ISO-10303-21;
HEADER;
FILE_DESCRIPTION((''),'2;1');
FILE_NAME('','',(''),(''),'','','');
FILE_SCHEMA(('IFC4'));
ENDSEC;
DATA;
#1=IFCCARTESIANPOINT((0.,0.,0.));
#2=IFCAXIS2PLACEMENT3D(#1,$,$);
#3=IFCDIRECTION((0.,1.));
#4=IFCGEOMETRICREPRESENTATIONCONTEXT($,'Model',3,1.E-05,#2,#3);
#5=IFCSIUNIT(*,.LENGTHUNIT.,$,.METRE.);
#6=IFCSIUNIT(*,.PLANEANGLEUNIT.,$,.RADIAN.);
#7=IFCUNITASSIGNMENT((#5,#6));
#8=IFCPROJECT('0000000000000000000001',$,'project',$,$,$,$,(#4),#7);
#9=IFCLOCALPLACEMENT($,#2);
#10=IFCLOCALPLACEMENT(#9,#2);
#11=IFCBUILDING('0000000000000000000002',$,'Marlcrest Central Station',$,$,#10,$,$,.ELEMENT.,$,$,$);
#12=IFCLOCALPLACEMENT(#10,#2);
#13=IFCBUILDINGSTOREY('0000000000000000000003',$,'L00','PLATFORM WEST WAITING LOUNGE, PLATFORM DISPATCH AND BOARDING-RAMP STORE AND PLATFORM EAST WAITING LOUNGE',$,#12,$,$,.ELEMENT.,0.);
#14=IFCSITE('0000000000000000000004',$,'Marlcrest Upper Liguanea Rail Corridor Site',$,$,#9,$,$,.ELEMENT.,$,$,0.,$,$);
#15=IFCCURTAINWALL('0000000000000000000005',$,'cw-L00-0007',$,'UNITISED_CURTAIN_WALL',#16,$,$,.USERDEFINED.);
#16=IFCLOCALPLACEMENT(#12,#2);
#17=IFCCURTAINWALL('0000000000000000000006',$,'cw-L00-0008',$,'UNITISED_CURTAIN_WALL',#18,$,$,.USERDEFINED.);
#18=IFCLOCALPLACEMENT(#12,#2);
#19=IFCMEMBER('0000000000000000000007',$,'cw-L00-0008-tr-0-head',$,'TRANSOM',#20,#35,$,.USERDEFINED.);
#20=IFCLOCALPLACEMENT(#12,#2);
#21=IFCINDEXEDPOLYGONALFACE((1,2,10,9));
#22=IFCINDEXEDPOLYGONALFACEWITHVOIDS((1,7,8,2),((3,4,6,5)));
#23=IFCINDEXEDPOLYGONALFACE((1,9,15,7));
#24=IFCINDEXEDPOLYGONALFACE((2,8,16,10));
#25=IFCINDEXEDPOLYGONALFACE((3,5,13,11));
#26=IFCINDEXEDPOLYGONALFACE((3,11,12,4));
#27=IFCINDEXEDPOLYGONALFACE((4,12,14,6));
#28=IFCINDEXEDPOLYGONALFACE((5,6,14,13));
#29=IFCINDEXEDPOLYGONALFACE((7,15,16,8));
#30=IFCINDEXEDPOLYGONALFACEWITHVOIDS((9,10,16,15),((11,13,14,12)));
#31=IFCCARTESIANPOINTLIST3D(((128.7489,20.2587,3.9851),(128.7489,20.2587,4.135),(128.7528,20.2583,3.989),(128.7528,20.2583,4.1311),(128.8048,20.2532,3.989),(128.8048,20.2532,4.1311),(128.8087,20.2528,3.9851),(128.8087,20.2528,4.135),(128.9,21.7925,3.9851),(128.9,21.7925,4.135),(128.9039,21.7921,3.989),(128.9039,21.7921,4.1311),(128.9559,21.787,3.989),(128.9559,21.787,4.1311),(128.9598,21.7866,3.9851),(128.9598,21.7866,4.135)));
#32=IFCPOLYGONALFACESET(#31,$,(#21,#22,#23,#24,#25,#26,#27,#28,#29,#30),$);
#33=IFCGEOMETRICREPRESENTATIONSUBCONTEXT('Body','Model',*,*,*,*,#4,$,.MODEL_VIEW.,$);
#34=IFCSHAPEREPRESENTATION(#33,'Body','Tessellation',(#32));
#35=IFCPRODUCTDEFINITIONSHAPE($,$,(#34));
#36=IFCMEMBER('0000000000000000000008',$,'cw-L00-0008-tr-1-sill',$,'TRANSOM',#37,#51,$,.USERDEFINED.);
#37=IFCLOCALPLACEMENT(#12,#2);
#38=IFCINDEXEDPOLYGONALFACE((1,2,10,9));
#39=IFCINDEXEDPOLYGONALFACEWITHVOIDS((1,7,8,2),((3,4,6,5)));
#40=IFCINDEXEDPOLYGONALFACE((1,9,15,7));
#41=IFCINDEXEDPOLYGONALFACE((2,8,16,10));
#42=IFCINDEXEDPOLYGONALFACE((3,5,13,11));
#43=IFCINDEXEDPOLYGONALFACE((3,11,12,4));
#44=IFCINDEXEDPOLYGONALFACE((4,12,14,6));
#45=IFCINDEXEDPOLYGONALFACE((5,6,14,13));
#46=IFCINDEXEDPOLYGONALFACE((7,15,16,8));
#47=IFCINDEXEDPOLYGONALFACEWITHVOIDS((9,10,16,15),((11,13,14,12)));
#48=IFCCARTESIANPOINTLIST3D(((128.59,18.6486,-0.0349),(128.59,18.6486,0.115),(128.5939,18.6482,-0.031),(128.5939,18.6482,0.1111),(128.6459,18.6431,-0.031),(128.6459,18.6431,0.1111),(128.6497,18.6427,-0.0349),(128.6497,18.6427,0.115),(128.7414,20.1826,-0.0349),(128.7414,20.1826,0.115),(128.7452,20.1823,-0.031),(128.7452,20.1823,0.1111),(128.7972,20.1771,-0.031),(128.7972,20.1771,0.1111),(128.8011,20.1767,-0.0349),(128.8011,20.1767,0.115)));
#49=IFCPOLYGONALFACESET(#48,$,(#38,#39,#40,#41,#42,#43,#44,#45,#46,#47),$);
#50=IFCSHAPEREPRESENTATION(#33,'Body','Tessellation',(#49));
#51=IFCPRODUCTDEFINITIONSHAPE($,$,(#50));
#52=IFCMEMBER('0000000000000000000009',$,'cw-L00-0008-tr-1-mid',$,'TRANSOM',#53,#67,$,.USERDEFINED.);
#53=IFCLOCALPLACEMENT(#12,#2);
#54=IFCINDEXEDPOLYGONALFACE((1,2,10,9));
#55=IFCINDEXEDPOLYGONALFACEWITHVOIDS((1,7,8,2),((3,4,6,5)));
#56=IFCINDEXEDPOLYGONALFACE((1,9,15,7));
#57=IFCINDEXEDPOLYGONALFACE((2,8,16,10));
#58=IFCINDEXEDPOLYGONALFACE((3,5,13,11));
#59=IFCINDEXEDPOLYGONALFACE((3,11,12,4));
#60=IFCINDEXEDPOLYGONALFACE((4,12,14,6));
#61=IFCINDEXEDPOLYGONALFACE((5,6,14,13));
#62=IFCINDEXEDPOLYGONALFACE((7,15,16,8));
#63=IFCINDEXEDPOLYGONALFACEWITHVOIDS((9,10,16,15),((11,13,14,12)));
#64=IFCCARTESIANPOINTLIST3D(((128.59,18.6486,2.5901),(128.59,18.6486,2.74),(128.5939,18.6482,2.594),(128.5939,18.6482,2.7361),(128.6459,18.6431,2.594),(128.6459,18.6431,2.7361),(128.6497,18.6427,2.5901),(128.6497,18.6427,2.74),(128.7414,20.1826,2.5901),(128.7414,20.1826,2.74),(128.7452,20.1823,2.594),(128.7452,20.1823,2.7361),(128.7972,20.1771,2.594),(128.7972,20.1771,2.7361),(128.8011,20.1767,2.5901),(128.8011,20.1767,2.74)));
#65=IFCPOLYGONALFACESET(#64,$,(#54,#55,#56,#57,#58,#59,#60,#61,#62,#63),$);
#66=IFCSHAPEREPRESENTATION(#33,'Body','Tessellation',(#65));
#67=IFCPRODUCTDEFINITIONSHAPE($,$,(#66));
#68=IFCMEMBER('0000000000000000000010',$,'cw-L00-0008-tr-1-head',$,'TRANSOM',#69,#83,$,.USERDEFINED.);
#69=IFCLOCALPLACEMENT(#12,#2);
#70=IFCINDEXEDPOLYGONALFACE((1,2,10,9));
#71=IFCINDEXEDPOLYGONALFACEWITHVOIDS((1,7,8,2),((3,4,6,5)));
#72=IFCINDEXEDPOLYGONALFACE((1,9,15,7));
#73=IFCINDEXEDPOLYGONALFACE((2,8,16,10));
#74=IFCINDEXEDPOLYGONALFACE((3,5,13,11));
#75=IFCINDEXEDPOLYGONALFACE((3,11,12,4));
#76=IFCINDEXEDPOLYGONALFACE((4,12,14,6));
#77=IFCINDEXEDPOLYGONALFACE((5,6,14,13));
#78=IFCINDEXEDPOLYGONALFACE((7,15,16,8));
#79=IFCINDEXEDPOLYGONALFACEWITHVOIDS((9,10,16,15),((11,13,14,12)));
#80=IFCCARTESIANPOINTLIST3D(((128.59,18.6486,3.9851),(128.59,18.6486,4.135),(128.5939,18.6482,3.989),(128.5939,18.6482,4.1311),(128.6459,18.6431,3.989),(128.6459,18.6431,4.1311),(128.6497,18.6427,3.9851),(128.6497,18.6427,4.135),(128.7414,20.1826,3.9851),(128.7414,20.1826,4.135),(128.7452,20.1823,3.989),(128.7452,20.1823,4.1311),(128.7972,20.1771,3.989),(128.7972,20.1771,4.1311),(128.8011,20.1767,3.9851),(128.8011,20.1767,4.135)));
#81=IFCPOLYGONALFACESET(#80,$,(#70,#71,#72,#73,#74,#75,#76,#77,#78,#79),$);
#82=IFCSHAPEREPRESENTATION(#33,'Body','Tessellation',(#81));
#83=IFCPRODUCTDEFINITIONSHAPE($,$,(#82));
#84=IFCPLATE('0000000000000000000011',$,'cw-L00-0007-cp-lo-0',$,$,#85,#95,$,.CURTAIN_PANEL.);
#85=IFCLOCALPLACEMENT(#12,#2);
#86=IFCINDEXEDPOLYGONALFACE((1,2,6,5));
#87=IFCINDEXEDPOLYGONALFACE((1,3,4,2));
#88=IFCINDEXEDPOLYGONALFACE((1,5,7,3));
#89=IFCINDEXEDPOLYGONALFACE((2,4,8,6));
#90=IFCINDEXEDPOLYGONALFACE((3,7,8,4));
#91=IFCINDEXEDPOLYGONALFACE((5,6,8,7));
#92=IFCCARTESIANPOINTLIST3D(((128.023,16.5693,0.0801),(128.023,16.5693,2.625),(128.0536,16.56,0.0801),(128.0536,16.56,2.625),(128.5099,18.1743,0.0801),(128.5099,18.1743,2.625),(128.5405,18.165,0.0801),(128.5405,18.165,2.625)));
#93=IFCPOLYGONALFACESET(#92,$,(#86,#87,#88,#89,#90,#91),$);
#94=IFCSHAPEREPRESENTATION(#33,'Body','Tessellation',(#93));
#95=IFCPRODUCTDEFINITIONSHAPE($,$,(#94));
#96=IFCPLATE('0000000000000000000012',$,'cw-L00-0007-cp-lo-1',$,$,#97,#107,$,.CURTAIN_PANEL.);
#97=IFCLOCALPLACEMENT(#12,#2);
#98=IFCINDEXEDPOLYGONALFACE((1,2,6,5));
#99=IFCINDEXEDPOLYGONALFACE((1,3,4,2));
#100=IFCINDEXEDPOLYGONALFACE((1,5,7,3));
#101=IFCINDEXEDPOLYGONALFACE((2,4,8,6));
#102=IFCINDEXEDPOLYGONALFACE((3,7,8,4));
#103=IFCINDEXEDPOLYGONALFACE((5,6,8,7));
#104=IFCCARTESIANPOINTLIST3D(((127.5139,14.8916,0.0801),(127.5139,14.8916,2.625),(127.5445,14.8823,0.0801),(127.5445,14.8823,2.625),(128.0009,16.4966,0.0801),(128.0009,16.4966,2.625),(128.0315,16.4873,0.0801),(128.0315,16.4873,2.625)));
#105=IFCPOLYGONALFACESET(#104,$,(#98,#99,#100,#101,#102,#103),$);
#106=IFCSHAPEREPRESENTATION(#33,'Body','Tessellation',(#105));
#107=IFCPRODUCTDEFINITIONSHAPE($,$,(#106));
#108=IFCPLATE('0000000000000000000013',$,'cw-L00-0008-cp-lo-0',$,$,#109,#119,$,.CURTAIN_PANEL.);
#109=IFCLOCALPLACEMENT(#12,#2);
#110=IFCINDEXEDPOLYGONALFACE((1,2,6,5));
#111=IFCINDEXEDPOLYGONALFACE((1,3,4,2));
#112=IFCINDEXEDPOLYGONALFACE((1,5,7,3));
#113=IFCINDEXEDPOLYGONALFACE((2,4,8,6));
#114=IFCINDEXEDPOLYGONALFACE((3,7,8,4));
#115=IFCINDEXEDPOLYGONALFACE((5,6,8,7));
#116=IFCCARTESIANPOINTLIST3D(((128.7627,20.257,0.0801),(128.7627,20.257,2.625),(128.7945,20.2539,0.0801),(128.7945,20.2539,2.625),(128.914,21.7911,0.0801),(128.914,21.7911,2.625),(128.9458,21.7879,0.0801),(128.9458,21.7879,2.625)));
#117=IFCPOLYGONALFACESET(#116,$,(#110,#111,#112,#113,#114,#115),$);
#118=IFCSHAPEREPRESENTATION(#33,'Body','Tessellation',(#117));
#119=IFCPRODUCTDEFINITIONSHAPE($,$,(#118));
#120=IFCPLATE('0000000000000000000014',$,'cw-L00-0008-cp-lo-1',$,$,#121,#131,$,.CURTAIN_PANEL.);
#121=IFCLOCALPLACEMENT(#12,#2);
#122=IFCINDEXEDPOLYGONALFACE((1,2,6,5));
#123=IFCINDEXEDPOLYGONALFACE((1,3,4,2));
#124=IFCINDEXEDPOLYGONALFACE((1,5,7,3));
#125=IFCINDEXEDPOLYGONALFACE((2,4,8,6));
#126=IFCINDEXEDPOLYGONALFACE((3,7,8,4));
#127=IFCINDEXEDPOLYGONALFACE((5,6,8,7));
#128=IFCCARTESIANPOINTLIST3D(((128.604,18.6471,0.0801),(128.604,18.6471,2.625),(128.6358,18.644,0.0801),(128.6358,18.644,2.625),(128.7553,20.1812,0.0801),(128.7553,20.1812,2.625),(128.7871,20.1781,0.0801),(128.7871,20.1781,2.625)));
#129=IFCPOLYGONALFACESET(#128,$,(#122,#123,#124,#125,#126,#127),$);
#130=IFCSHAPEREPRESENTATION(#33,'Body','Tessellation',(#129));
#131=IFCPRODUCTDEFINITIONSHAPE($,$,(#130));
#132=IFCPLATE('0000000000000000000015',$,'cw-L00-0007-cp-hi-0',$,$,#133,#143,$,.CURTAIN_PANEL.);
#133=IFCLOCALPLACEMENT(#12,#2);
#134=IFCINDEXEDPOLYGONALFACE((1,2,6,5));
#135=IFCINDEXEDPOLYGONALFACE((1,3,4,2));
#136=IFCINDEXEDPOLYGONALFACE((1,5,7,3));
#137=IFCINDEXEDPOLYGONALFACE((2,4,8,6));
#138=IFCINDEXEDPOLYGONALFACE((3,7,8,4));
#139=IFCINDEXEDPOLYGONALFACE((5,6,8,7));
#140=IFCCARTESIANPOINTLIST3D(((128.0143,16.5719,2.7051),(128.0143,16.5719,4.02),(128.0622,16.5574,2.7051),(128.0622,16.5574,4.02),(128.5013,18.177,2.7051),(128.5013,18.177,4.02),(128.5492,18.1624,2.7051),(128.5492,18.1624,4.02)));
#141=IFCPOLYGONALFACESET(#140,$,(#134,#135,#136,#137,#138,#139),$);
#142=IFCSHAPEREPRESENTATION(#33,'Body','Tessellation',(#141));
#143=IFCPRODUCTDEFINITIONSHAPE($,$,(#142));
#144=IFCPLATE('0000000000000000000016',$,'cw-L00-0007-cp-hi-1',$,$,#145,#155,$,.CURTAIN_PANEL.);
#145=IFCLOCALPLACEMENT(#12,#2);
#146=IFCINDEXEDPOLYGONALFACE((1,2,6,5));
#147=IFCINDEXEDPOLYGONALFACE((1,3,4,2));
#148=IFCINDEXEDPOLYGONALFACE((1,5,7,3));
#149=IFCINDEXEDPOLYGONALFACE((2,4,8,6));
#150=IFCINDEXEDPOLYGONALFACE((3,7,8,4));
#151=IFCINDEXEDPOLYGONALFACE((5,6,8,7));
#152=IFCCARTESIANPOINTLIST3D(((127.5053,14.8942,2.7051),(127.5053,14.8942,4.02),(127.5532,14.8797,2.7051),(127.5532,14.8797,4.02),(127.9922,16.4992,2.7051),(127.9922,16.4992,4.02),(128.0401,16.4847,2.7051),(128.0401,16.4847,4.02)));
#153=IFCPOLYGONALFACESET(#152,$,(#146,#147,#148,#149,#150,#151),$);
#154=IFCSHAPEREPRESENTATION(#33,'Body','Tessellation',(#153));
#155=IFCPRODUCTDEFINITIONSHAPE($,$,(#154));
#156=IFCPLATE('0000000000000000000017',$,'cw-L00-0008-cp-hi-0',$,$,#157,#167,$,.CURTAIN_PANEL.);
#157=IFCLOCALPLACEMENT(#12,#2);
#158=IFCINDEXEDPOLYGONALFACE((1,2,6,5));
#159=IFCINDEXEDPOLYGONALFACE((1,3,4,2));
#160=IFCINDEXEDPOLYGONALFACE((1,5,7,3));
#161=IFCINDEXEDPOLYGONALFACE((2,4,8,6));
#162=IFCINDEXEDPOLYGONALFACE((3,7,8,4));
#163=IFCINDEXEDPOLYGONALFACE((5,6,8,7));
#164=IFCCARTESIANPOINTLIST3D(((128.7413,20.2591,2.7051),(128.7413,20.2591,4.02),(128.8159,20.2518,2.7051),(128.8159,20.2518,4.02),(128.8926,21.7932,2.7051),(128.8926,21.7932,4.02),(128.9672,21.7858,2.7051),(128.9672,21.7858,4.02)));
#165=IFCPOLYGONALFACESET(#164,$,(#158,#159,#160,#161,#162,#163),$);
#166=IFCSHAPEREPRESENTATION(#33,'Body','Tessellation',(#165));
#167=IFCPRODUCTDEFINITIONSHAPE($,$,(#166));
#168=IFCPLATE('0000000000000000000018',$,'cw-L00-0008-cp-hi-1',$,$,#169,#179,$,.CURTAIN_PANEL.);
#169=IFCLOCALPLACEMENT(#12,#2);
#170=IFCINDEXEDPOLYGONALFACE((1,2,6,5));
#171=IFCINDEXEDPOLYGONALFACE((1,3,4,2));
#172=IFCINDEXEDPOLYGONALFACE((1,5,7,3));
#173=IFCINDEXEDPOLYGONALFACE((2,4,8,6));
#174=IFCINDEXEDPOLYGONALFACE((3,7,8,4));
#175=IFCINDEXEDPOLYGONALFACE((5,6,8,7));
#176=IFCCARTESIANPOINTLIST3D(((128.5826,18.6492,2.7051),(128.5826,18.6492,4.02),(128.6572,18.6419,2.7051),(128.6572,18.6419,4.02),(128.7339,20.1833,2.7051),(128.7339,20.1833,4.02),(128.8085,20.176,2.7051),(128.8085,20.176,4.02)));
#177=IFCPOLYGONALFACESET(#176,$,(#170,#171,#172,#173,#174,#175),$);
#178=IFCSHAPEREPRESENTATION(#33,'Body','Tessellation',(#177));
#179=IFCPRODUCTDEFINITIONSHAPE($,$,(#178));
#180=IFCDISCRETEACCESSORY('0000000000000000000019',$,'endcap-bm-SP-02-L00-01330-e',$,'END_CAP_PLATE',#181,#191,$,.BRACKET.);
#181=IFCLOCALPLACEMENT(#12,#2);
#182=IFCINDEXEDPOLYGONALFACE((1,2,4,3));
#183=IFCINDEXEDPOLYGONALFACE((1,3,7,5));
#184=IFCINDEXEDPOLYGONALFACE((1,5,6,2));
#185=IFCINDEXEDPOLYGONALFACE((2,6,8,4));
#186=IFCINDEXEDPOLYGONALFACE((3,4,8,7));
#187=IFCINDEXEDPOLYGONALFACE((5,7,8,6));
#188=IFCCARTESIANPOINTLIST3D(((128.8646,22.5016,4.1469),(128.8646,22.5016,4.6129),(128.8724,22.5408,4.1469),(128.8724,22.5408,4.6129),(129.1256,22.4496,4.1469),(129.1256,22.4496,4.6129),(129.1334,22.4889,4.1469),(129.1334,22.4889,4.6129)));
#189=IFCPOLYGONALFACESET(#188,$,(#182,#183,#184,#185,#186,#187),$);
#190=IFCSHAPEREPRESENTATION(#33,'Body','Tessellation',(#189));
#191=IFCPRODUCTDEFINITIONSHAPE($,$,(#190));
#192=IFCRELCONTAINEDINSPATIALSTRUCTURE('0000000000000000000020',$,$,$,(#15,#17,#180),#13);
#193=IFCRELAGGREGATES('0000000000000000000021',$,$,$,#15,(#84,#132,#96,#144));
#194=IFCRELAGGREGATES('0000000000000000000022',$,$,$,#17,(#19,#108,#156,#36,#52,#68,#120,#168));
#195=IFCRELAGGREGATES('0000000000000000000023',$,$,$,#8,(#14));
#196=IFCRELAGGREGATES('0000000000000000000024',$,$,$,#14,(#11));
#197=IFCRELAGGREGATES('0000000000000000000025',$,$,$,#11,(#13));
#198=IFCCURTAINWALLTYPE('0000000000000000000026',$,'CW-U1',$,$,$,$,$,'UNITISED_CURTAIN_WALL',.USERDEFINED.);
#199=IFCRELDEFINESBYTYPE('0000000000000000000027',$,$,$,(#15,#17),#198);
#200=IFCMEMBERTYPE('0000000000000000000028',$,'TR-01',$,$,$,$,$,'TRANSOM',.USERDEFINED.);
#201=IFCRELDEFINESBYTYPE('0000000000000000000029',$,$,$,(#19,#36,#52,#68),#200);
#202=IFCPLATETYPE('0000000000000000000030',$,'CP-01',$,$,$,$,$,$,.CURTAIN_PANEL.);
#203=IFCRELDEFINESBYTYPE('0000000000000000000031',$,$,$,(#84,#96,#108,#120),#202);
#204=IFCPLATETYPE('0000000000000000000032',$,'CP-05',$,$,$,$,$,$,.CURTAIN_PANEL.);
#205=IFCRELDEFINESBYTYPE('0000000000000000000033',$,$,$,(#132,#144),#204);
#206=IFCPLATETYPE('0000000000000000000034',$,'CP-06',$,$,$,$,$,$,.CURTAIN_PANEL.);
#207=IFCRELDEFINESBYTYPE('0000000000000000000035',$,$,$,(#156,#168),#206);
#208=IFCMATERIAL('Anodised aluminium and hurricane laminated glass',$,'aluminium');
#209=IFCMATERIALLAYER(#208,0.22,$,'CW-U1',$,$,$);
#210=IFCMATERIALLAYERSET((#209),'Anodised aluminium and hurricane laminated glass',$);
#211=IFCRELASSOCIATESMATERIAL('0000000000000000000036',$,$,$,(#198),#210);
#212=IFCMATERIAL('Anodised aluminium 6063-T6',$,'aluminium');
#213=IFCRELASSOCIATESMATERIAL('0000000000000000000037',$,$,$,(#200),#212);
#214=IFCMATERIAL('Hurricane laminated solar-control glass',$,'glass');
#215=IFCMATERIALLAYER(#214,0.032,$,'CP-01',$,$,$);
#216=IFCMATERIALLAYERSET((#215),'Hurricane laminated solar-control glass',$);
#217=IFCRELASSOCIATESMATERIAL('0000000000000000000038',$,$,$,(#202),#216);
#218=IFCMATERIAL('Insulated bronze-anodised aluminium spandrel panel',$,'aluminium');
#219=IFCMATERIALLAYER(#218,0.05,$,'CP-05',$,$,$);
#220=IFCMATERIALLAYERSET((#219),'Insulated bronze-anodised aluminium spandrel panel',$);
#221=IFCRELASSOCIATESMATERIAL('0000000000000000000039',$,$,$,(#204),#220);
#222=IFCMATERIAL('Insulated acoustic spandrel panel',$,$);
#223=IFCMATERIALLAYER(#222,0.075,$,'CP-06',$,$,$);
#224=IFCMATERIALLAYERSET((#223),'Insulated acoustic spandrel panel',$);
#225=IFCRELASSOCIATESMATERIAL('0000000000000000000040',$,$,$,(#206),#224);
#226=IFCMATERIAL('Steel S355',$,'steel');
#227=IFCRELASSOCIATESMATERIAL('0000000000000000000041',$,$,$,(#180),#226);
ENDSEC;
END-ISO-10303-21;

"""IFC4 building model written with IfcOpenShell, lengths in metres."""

from ifc_helpers import new_model, si_unit, direction, frame, origin, origin_2d, place, context, subcontext, project, spatial, rectangle, hollow_rectangle, extrude, material, layer, layer_set, material_profile, profile_set, type_object, element, aggregate, save


model = new_model("IFC4")

# Units and contexts
model_context = context("Model", 3, precision=1e-05, world=origin(), true_north=direction((0.0, 1.0)))
body_context = subcontext(model_context, "Body", "Model", "MODEL_VIEW")
ifc_project = project(units=[si_unit("LENGTHUNIT", "METRE"), si_unit("PLANEANGLEUNIT", "RADIAN")], contexts=[model_context])

# Site, building, storey
site_placement = place(None, origin())
site = spatial("IfcSite", under=ifc_project, at=site_placement, Name="Marlcrest Upper Liguanea Rail Corridor Site", CompositionType="ELEMENT", RefElevation=0.0)
building_placement = place(site_placement, origin())
building = spatial("IfcBuilding", under=site, at=building_placement, Name="Marlcrest Central Station", CompositionType="ELEMENT")
storey_placement = place(building_placement, origin())
storey = spatial("IfcBuildingStorey", under=building, at=storey_placement, Name="L00", Description="PLATFORM WEST WAITING LOUNGE, PLATFORM DISPATCH AND BOARDING-RAMP STORE AND PLATFORM EAST WAITING LOUNGE", CompositionType="ELEMENT", Elevation=0.0)

# Curtain walls
ifc_material_1 = material(Name="Anodised aluminium and hurricane laminated glass", Category="aluminium")
ifc_layer_1 = layer(ifc_material_1, 0.22, Name="CW-U1")
ifc_layer_set_1 = layer_set([ifc_layer_1], Name="Anodised aluminium and hurricane laminated glass")
curtain_wall_type = type_object("IfcCurtainWallType", Name="CW-U1", ElementType="UNITISED_CURTAIN_WALL", PredefinedType="USERDEFINED", material=ifc_layer_set_1)
curtain_wall_1_placement = place(storey_placement, origin())
curtain_wall_1 = element("IfcCurtainWall", 1, at=curtain_wall_1_placement, inside=storey, type_object=curtain_wall_type, Name="cw-L00-0007", ObjectType="UNITISED_CURTAIN_WALL", PredefinedType="USERDEFINED")
ifc_material_2 = material(Name="Anodised aluminium 6063-T6", Category="aluminium")
curtain_wall_2_placement = place(storey_placement, origin())
curtain_wall_2 = element("IfcCurtainWall", 2, at=curtain_wall_2_placement, inside=storey, type_object=curtain_wall_type, Name="cw-L00-0008", ObjectType="UNITISED_CURTAIN_WALL", PredefinedType="USERDEFINED")

# Members
ifc_material_profile_1 = material_profile(ifc_material_2, hollow_rectangle(XDim=0.0601, YDim=0.1499, WallThickness=0.0039, at=origin_2d()), Name="AA-RHS 150x60x4")
ifc_profile_set_1 = profile_set([ifc_material_profile_1], Name="Anodised aluminium 6063-T6")
member_type_1 = type_object("IfcMemberType", Name="TR-01", ElementType="TRANSOM", PredefinedType="USERDEFINED", material=ifc_profile_set_1)
member_1_placement = place(storey_placement, frame((128.9299, 21.7896, 4.0601), z_axis=(-0.098045, -0.995182, 0.0), x_axis=(0.995182, -0.098045, 0.0)))
member_1 = element("IfcMember", 3, at=member_1_placement, type_object=member_type_1, Name="cw-L00-0008-tr-0-head", ObjectType="TRANSOM", PredefinedType="USERDEFINED", context=body_context, shape_type="SweptSolid", body=[
    extrude(hollow_rectangle(XDim=0.0601, YDim=0.1499, WallThickness=0.0039, at=origin_2d()), origin(), (0.0, 0.0, 1.0), 1.5413),
])
member_2_placement = place(storey_placement, frame((128.7712, 20.1797, 0.04), z_axis=(-0.098202, -0.995167, 0.0), x_axis=(0.995167, -0.098202, 0.0)))
member_2 = element("IfcMember", 4, at=member_2_placement, type_object=member_type_1, Name="cw-L00-0008-tr-1-sill", ObjectType="TRANSOM", PredefinedType="USERDEFINED", context=body_context, shape_type="SweptSolid", body=[
    extrude(hollow_rectangle(XDim=0.0601, YDim=0.1499, WallThickness=0.0039, at=origin_2d()), origin(), (0.0, 0.0, 1.0), 1.5415),
])
member_3_placement = place(storey_placement, frame((128.7712, 20.1797, 2.665), z_axis=(-0.098202, -0.995167, 0.0), x_axis=(0.995167, -0.098202, 0.0)))
member_3 = element("IfcMember", 5, at=member_3_placement, type_object=member_type_1, Name="cw-L00-0008-tr-1-mid", ObjectType="TRANSOM", PredefinedType="USERDEFINED", context=body_context, shape_type="SweptSolid", body=[
    extrude(hollow_rectangle(XDim=0.0601, YDim=0.1499, WallThickness=0.0039, at=origin_2d()), origin(), (0.0, 0.0, 1.0), 1.5415),
])
member_4_placement = place(storey_placement, frame((128.7712, 20.1797, 4.0601), z_axis=(-0.098202, -0.995167, 0.0), x_axis=(0.995167, -0.098202, 0.0)))
member_4 = element("IfcMember", 6, at=member_4_placement, type_object=member_type_1, Name="cw-L00-0008-tr-1-head", ObjectType="TRANSOM", PredefinedType="USERDEFINED", context=body_context, shape_type="SweptSolid", body=[
    extrude(hollow_rectangle(XDim=0.0601, YDim=0.1499, WallThickness=0.0039, at=origin_2d()), origin(), (0.0, 0.0, 1.0), 1.5415),
])

# Plates
ifc_material_3 = material(Name="Hurricane laminated solar-control glass", Category="glass")
ifc_layer_2 = layer(ifc_material_3, 0.032, Name="CP-01")
ifc_layer_set_2 = layer_set([ifc_layer_2], Name="Hurricane laminated solar-control glass")
plate_type_1 = type_object("IfcPlateType", Name="CP-01", PredefinedType="CURTAIN_PANEL", material=ifc_layer_set_2)
plate_1_placement = place(storey_placement, frame((128.2817, 17.3672, 0.0801), z_axis=(0.0, 0.0, 1.0), x_axis=(-0.290318, -0.95693, 0.0)))
plate_1 = element("IfcPlate", 7, at=plate_1_placement, type_object=plate_type_1, Name="cw-L00-0007-cp-lo-0", PredefinedType="CURTAIN_PANEL", context=body_context, shape_type="SweptSolid", body=[
    extrude(rectangle(XDim=1.6772, YDim=0.032, at=origin_2d()), origin(), (0.0, 0.0, 1.0), 2.5449),
])
plate_2_placement = place(storey_placement, frame((127.7727, 15.6895, 0.0801), z_axis=(0.0, 0.0, 1.0), x_axis=(-0.290318, -0.95693, 0.0)))
plate_2 = element("IfcPlate", 8, at=plate_2_placement, type_object=plate_type_1, Name="cw-L00-0007-cp-lo-1", PredefinedType="CURTAIN_PANEL", context=body_context, shape_type="SweptSolid", body=[
    extrude(rectangle(XDim=1.6772, YDim=0.032, at=origin_2d()), origin(), (0.0, 0.0, 1.0), 2.5449),
])
plate_3_placement = place(storey_placement, frame((128.8542, 21.0225, 0.0801), z_axis=(0.0, 0.0, 1.0), x_axis=(-0.098139, -0.995173, 0.0)))
plate_3 = element("IfcPlate", 9, at=plate_3_placement, type_object=plate_type_1, Name="cw-L00-0008-cp-lo-0", PredefinedType="CURTAIN_PANEL", context=body_context, shape_type="SweptSolid", body=[
    extrude(rectangle(XDim=1.5415, YDim=0.032, at=origin_2d()), origin(), (0.0, 0.0, 1.0), 2.5449),
])
plate_4_placement = place(storey_placement, frame((128.6956, 19.4126, 0.0801), z_axis=(0.0, 0.0, 1.0), x_axis=(-0.098139, -0.995173, 0.0)))
plate_4 = element("IfcPlate", 10, at=plate_4_placement, type_object=plate_type_1, Name="cw-L00-0008-cp-lo-1", PredefinedType="CURTAIN_PANEL", context=body_context, shape_type="SweptSolid", body=[
    extrude(rectangle(XDim=1.5415, YDim=0.032, at=origin_2d()), origin(), (0.0, 0.0, 1.0), 2.5449),
])
ifc_material_4 = material(Name="Insulated bronze-anodised aluminium spandrel panel", Category="aluminium")
ifc_layer_3 = layer(ifc_material_4, 0.05, Name="CP-05")
ifc_layer_set_3 = layer_set([ifc_layer_3], Name="Insulated bronze-anodised aluminium spandrel panel")
plate_type_2 = type_object("IfcPlateType", Name="CP-05", PredefinedType="CURTAIN_PANEL", material=ifc_layer_set_3)
plate_5_placement = place(storey_placement, frame((128.2817, 17.3672, 2.7051), z_axis=(0.0, 0.0, 1.0), x_axis=(-0.290318, -0.95693, 0.0)))
plate_5 = element("IfcPlate", 11, at=plate_5_placement, type_object=plate_type_2, Name="cw-L00-0007-cp-hi-0", PredefinedType="CURTAIN_PANEL", context=body_context, shape_type="SweptSolid", body=[
    extrude(rectangle(XDim=1.6772, YDim=0.05, at=origin_2d()), origin(), (0.0, 0.0, 1.0), 1.3149),
])
plate_6_placement = place(storey_placement, frame((127.7727, 15.6895, 2.7051), z_axis=(0.0, 0.0, 1.0), x_axis=(-0.290318, -0.95693, 0.0)))
plate_6 = element("IfcPlate", 12, at=plate_6_placement, type_object=plate_type_2, Name="cw-L00-0007-cp-hi-1", PredefinedType="CURTAIN_PANEL", context=body_context, shape_type="SweptSolid", body=[
    extrude(rectangle(XDim=1.6772, YDim=0.05, at=origin_2d()), origin(), (0.0, 0.0, 1.0), 1.3149),
])
aggregate(curtain_wall_1, [plate_1, plate_5, plate_2, plate_6])
ifc_material_5 = material(Name="Insulated acoustic spandrel panel")
ifc_layer_4 = layer(ifc_material_5, 0.075, Name="CP-06")
ifc_layer_set_4 = layer_set([ifc_layer_4], Name="Insulated acoustic spandrel panel")
plate_type_3 = type_object("IfcPlateType", Name="CP-06", PredefinedType="CURTAIN_PANEL", material=ifc_layer_set_4)
plate_7_placement = place(storey_placement, frame((128.8542, 21.0225, 2.7051), z_axis=(0.0, 0.0, 1.0), x_axis=(-0.098139, -0.995173, 0.0)))
plate_7 = element("IfcPlate", 13, at=plate_7_placement, type_object=plate_type_3, Name="cw-L00-0008-cp-hi-0", PredefinedType="CURTAIN_PANEL", context=body_context, shape_type="SweptSolid", body=[
    extrude(rectangle(XDim=1.5415, YDim=0.075, at=origin_2d()), origin(), (0.0, 0.0, 1.0), 1.3149),
])
plate_8_placement = place(storey_placement, frame((128.6956, 19.4126, 2.7051), z_axis=(0.0, 0.0, 1.0), x_axis=(-0.098139, -0.995173, 0.0)))
plate_8 = element("IfcPlate", 14, at=plate_8_placement, type_object=plate_type_3, Name="cw-L00-0008-cp-hi-1", PredefinedType="CURTAIN_PANEL", context=body_context, shape_type="SweptSolid", body=[
    extrude(rectangle(XDim=1.5415, YDim=0.075, at=origin_2d()), origin(), (0.0, 0.0, 1.0), 1.3149),
])
aggregate(curtain_wall_2, [member_1, plate_3, plate_7, member_2, member_3, member_4, plate_4, plate_8])

# Discrete accessory
ifc_material_6 = material(Name="Steel S355", Category="steel")
discrete_accessory_placement = place(storey_placement, frame((128.9951, 22.4756, 4.3799), z_axis=(0.195171, 0.980769, 0.0), x_axis=(-0.980769, 0.195171, 0.0)))
element("IfcDiscreteAccessory", 15, at=discrete_accessory_placement, inside=storey, material=ifc_material_6, Name="endcap-bm-SP-02-L00-01330-e", ObjectType="END_CAP_PLATE", PredefinedType="BRACKET", context=body_context, shape_type="SweptSolid", body=[
    extrude(rectangle(XDim=0.2661, YDim=0.4661, at=origin_2d()), origin(), (0.0, 0.0, 1.0), 0.04),
])

save(model, "model.ifc")
